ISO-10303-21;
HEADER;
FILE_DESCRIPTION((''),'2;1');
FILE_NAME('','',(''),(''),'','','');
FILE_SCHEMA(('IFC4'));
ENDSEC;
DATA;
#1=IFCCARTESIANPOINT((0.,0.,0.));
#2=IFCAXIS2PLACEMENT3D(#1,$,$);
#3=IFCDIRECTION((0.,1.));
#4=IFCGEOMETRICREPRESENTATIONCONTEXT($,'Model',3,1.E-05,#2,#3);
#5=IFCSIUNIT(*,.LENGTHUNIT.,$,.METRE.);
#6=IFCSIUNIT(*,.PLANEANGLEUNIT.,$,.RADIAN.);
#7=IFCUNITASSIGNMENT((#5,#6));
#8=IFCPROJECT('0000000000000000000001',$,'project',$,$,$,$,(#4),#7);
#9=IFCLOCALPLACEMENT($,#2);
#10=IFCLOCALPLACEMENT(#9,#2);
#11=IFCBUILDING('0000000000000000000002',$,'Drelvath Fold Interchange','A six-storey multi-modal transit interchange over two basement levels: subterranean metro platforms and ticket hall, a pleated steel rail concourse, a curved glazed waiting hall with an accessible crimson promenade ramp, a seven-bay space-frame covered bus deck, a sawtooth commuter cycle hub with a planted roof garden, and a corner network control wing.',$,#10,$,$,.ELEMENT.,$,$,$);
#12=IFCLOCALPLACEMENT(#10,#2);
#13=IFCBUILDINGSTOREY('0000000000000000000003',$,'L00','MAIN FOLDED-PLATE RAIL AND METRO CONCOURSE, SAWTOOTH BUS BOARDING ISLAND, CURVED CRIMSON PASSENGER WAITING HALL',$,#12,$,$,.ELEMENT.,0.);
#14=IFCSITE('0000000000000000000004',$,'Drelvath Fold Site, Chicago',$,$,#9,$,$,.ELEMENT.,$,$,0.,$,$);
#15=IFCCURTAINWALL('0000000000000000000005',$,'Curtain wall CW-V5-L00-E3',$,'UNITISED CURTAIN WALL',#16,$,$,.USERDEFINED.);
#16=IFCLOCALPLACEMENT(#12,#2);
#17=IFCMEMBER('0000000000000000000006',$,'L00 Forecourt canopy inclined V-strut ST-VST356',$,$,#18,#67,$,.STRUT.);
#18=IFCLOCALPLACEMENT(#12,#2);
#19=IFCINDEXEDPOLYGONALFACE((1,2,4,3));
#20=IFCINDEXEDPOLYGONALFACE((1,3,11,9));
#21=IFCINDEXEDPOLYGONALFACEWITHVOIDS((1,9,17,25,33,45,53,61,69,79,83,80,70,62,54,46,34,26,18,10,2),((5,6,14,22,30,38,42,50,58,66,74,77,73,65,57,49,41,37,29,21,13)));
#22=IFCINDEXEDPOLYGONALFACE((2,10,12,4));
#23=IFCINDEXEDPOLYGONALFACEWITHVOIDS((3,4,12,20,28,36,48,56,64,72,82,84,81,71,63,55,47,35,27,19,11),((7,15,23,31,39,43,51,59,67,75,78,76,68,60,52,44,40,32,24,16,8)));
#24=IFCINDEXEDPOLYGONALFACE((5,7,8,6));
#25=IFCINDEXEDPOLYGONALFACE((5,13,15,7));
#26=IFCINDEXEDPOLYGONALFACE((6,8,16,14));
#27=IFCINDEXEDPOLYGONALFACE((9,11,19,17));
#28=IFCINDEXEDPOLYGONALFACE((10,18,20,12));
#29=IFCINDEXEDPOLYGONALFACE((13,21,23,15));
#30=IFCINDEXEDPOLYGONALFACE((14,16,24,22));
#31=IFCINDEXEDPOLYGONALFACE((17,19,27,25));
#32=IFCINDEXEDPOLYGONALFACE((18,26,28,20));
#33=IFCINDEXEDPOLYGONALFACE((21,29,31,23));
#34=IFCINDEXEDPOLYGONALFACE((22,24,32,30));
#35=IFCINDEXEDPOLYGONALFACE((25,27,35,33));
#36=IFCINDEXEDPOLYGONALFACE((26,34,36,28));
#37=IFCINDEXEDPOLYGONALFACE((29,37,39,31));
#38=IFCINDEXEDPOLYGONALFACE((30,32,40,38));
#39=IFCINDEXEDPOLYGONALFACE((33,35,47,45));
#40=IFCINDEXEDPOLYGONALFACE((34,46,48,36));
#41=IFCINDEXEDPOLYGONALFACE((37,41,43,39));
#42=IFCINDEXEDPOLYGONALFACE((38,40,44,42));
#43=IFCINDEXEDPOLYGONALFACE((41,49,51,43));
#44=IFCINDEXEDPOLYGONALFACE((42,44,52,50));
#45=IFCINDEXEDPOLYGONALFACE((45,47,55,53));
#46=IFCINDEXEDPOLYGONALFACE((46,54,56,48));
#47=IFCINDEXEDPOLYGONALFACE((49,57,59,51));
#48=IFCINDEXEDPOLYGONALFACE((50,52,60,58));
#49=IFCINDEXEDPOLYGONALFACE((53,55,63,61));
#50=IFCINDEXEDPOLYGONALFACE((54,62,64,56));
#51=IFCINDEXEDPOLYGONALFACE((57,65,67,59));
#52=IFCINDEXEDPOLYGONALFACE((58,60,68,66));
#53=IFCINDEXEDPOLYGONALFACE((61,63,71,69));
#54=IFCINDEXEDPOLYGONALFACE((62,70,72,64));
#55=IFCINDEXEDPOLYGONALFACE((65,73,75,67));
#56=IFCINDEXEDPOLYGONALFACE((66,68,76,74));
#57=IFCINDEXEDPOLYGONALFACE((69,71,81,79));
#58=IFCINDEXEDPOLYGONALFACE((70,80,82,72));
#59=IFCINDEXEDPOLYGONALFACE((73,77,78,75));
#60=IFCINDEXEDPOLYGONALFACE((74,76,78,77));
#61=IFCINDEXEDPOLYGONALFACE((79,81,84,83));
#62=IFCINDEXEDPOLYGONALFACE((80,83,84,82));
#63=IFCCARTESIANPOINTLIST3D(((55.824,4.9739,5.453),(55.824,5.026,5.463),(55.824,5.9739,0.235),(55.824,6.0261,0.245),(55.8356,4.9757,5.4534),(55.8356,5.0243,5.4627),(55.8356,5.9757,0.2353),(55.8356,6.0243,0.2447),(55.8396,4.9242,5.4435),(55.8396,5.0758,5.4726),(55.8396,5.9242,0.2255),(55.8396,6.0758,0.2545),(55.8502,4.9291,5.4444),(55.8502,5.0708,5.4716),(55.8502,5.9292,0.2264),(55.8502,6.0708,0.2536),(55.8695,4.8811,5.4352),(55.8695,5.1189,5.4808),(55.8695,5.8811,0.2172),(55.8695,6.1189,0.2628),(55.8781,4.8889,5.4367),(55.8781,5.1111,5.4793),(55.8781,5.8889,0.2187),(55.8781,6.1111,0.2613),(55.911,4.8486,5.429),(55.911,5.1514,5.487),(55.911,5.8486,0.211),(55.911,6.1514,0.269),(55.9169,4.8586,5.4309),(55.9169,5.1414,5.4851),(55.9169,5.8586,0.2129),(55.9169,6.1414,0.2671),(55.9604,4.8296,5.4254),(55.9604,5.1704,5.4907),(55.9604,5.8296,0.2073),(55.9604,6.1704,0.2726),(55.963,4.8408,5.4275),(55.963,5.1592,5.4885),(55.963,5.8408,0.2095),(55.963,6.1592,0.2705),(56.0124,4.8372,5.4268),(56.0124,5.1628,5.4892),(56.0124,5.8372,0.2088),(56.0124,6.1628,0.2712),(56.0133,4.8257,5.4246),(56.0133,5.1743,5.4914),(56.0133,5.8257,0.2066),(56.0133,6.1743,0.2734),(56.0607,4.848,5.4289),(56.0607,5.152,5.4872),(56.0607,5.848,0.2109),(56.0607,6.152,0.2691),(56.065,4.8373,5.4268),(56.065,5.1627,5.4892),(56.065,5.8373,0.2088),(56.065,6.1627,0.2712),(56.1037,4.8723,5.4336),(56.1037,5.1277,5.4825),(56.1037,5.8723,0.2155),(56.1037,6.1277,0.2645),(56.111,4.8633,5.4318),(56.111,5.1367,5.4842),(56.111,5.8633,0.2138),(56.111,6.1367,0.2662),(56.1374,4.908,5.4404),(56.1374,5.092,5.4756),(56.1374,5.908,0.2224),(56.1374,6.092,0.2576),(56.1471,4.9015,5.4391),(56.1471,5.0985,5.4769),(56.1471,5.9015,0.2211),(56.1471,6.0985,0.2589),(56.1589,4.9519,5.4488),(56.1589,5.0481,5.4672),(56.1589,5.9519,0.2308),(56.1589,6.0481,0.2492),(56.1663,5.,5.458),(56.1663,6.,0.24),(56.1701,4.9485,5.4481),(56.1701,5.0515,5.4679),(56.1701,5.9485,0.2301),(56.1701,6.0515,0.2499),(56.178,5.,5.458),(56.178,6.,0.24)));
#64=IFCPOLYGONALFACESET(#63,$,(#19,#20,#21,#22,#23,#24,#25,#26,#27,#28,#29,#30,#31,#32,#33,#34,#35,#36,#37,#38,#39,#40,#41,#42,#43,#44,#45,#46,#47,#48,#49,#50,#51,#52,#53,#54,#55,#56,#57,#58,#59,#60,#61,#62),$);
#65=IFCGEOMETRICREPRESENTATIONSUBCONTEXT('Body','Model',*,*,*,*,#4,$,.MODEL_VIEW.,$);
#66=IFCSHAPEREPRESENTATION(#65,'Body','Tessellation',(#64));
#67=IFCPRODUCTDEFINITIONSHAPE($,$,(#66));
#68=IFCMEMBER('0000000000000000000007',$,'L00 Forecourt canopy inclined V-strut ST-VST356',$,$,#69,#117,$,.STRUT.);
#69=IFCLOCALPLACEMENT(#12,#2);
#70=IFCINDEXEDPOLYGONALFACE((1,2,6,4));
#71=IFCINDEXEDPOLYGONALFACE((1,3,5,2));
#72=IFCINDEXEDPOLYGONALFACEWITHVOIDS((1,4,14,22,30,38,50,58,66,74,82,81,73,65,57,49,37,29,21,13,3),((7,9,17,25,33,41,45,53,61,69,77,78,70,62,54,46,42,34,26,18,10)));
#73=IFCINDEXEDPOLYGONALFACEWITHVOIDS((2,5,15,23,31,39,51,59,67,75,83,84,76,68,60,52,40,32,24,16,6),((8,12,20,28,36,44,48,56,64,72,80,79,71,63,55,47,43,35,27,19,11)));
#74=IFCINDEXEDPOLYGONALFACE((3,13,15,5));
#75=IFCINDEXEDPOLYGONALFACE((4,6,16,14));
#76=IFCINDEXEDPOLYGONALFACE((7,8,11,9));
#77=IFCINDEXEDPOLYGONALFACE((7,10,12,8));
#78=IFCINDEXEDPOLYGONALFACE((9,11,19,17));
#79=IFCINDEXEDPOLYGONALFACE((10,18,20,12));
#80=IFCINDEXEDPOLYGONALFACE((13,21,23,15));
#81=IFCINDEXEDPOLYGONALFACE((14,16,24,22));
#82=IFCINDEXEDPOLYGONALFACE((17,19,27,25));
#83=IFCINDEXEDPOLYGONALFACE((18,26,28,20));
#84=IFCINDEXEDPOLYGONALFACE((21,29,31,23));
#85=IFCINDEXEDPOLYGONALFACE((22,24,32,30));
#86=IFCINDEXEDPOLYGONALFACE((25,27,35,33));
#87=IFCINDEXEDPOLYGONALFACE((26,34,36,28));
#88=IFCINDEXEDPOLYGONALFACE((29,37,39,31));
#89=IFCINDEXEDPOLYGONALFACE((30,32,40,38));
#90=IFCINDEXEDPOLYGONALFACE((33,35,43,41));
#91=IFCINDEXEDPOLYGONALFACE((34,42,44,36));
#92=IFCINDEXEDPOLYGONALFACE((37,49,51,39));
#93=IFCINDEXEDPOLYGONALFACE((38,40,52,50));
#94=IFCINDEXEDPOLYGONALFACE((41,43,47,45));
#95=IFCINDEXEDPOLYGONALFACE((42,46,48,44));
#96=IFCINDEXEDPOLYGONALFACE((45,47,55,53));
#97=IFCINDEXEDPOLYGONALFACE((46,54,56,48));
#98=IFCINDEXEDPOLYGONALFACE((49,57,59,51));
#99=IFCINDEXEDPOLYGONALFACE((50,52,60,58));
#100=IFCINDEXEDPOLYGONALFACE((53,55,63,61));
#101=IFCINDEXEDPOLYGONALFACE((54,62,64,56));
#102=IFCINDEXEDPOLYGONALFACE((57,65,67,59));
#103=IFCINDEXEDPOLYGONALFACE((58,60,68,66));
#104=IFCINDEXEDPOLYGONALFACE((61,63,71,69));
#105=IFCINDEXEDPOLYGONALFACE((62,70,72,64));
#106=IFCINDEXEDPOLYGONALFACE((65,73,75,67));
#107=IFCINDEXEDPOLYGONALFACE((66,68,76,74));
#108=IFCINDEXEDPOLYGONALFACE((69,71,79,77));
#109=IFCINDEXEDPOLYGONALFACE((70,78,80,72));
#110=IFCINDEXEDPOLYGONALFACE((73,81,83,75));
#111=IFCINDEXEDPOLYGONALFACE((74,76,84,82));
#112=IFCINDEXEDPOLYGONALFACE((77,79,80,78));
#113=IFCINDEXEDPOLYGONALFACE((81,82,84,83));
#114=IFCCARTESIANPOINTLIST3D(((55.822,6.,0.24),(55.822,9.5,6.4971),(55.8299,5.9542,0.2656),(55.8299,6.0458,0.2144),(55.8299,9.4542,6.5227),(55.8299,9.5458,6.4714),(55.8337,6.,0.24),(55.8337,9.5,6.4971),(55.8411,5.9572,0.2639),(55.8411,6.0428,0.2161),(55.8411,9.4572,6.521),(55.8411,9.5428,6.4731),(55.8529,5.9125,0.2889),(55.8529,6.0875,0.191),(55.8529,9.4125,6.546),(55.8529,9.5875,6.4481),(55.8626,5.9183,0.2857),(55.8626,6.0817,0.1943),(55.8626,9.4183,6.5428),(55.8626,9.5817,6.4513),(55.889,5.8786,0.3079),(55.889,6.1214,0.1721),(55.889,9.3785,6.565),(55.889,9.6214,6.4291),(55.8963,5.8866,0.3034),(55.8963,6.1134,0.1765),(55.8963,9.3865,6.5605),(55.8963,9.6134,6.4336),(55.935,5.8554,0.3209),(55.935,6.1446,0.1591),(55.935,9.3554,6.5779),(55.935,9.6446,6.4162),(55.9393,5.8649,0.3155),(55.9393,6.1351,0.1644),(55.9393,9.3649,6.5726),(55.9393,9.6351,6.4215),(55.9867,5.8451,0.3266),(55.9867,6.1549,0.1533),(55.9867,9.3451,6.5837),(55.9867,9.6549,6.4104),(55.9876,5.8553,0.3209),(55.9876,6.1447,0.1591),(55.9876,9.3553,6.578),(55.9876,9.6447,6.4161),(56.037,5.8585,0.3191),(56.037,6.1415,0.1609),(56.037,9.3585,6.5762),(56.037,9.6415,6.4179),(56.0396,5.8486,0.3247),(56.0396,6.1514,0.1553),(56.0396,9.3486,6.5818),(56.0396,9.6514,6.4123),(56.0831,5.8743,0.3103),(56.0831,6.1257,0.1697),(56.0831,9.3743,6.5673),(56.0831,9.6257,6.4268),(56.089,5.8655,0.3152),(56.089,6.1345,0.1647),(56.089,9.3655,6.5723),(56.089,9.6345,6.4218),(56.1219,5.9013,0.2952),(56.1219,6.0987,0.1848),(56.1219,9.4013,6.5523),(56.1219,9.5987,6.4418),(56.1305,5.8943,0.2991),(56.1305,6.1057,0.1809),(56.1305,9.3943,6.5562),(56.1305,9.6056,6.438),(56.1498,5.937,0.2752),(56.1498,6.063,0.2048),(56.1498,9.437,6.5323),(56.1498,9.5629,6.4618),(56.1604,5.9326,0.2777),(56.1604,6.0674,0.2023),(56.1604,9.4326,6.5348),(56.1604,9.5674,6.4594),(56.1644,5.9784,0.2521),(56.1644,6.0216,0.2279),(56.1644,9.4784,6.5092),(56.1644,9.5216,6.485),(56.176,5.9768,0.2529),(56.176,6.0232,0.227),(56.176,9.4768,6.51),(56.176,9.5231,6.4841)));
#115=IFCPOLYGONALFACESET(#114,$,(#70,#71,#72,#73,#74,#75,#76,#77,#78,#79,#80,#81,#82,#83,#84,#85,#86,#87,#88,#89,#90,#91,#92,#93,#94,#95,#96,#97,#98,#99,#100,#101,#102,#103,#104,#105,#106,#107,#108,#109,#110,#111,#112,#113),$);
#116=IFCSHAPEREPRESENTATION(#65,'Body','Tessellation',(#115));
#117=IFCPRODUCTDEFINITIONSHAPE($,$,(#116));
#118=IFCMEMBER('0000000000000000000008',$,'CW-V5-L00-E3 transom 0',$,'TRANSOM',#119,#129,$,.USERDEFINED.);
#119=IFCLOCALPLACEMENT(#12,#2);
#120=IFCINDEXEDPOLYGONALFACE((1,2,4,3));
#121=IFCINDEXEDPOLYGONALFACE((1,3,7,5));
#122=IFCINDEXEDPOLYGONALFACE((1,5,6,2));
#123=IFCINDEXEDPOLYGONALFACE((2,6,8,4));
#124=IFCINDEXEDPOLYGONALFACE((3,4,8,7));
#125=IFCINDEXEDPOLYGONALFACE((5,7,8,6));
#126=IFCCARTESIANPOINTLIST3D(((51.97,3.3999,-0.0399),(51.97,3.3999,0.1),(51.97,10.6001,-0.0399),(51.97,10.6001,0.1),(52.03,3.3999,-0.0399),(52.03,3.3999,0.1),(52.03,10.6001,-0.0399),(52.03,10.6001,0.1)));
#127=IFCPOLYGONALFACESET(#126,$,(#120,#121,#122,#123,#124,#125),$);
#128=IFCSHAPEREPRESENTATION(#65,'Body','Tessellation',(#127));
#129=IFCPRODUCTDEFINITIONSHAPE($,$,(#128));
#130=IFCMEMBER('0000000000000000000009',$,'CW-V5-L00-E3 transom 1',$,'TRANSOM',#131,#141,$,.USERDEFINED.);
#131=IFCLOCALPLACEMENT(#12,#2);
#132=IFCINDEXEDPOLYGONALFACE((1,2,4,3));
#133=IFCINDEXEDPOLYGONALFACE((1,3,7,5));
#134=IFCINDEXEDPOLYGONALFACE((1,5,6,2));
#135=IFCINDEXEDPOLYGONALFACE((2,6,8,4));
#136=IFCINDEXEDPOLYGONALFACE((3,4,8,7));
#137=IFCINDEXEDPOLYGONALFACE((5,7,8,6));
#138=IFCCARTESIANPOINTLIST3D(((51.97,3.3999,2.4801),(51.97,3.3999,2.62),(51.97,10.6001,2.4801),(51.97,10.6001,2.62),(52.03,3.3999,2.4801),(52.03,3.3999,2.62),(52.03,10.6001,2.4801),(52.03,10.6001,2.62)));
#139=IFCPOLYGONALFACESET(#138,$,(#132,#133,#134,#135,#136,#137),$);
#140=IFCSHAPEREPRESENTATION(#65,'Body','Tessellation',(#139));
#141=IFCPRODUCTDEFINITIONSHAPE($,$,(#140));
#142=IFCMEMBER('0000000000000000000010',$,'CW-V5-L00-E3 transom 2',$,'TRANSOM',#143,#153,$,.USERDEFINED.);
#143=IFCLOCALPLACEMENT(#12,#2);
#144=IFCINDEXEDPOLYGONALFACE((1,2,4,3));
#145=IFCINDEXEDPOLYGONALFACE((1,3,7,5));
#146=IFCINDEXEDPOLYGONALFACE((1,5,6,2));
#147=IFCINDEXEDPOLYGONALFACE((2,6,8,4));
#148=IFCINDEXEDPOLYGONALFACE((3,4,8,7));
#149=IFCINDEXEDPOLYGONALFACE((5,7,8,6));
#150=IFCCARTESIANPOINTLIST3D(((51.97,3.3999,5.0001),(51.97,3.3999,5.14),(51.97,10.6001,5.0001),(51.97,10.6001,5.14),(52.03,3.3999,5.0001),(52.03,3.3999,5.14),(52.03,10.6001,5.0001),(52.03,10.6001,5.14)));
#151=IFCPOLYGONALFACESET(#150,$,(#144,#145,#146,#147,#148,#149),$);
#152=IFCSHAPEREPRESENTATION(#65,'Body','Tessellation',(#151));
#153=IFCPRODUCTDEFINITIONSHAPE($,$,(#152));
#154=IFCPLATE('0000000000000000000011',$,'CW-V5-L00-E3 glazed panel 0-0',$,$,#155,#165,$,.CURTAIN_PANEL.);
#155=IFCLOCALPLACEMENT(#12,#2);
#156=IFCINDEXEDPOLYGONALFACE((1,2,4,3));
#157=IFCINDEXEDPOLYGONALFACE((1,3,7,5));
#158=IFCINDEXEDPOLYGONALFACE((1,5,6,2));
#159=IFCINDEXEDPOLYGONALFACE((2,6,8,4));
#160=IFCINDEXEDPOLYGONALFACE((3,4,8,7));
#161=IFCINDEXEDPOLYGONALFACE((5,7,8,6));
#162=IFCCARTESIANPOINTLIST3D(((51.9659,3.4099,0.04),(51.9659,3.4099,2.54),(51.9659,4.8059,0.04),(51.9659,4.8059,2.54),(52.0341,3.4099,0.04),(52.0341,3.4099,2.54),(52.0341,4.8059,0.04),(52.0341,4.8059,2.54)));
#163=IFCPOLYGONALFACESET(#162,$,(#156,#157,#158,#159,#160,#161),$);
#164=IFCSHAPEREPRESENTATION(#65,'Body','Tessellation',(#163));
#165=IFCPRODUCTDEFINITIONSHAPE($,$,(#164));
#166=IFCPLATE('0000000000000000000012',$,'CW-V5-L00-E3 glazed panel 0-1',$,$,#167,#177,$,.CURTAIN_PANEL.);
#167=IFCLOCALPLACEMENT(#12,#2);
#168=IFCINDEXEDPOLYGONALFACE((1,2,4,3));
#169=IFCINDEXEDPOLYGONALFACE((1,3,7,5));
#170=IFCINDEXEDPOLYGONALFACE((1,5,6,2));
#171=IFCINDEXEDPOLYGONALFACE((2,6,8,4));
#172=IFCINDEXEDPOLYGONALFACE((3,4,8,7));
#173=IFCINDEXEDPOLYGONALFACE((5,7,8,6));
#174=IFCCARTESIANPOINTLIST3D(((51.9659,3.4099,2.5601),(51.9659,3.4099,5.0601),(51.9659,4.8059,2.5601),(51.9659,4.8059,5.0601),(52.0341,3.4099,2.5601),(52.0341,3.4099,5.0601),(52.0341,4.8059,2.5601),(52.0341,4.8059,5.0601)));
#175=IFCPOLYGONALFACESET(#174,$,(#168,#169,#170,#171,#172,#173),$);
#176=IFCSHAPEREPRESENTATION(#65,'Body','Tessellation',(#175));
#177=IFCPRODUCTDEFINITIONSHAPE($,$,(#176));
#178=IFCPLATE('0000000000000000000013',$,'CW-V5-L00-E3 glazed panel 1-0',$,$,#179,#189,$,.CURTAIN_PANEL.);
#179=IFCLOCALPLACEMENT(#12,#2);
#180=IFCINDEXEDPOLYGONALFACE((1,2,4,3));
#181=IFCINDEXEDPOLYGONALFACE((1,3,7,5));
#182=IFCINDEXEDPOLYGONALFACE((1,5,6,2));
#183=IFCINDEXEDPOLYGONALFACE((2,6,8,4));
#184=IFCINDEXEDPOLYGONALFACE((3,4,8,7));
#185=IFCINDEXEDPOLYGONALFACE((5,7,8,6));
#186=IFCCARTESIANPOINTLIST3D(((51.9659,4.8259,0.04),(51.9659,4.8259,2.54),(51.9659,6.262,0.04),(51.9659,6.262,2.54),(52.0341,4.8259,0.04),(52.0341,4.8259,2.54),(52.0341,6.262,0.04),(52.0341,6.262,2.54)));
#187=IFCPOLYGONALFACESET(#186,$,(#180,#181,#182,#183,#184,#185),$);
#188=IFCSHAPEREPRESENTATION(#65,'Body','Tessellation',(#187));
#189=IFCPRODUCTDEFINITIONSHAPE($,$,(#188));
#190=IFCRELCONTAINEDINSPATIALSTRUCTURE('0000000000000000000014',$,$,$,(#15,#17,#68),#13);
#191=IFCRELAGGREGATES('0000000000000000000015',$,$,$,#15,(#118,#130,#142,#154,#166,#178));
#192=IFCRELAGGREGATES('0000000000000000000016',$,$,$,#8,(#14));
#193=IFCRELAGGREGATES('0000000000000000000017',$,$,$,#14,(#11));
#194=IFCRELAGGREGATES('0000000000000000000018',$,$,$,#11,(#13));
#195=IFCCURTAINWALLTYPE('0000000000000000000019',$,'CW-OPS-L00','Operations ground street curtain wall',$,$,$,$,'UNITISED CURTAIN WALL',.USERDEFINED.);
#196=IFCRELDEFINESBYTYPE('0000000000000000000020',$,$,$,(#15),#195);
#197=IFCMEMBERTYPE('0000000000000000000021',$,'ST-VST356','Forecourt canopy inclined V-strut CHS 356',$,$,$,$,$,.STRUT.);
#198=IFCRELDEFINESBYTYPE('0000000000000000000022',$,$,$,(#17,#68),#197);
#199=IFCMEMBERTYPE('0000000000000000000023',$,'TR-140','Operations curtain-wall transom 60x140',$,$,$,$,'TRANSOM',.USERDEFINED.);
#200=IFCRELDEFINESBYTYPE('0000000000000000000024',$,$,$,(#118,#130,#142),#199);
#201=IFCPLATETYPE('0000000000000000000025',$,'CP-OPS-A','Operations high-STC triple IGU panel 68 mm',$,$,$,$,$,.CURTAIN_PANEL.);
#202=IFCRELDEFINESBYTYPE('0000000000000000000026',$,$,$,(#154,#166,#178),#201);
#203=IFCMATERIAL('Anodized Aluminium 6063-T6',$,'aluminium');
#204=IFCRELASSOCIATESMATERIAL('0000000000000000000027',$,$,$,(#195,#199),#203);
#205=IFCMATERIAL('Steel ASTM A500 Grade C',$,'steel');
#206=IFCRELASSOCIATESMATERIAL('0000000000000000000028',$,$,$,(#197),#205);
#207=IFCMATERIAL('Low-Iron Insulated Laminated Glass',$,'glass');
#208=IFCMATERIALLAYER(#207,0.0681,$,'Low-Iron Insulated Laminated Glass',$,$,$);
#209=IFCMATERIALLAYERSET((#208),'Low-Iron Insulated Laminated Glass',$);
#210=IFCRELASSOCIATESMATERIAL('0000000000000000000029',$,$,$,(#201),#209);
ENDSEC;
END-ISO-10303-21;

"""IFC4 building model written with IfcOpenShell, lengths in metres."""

from ifc_helpers import new_model, si_unit, direction, frame, origin, origin_2d, place, context, subcontext, project, spatial, rectangle, hollow_circle, extrude, material, layer, layer_set, material_profile, profile_set, type_object, element, aggregate, save


model = new_model("IFC4")

# Units and contexts
model_context = context("Model", 3, precision=1e-05, world=origin(), true_north=direction((0.0, 1.0)))
body_context = subcontext(model_context, "Body", "Model", "MODEL_VIEW")
ifc_project = project(units=[si_unit("LENGTHUNIT", "METRE"), si_unit("PLANEANGLEUNIT", "RADIAN")], contexts=[model_context])

# Site, building, storey
site_placement = place(None, origin())
site = spatial("IfcSite", under=ifc_project, at=site_placement, Name="Drelvath Fold Site, Chicago", CompositionType="ELEMENT", RefElevation=0.0)
building_placement = place(site_placement, origin())
building = spatial("IfcBuilding", under=site, at=building_placement, Name="Drelvath Fold Interchange", Description="A six-storey multi-modal transit interchange over two basement levels: subterranean metro platforms and ticket hall, a pleated steel rail concourse, a curved glazed waiting hall with an accessible crimson promenade ramp, a seven-bay space-frame covered bus deck, a sawtooth commuter cycle hub with a planted roof garden, and a corner network control wing.", CompositionType="ELEMENT")
storey_placement = place(building_placement, origin())
storey = spatial("IfcBuildingStorey", under=building, at=storey_placement, Name="L00", Description="MAIN FOLDED-PLATE RAIL AND METRO CONCOURSE, SAWTOOTH BUS BOARDING ISLAND, CURVED CRIMSON PASSENGER WAITING HALL", CompositionType="ELEMENT", Elevation=0.0)

# Curtain wall
ifc_material_1 = material(Name="Anodized Aluminium 6063-T6", Category="aluminium")
curtain_wall_type = type_object("IfcCurtainWallType", Name="CW-OPS-L00", Description="Operations ground street curtain wall", ElementType="UNITISED CURTAIN WALL", PredefinedType="USERDEFINED", material=ifc_material_1)
curtain_wall_placement = place(storey_placement, origin())
curtain_wall = element("IfcCurtainWall", 1, at=curtain_wall_placement, inside=storey, type_object=curtain_wall_type, Name="Curtain wall CW-V5-L00-E3", ObjectType="UNITISED CURTAIN WALL", PredefinedType="USERDEFINED")

# Members
ifc_material_2 = material(Name="Steel ASTM A500 Grade C", Category="steel")
ifc_material_profile_1 = material_profile(ifc_material_2, hollow_circle(Radius=0.178, WallThickness=0.0117, at=origin_2d()), Name="HSS14.000X0.500")
ifc_profile_set_1 = profile_set([ifc_material_profile_1], Name="Steel ASTM A500 Grade C")
member_type_1 = type_object("IfcMemberType", Name="ST-VST356", Description="Forecourt canopy inclined V-strut CHS 356", PredefinedType="STRUT", material=ifc_profile_set_1)
member_1_placement = place(storey_placement, frame((56.0, 6.0, 0.24), z_axis=(0.0, -0.188218, 0.982127), x_axis=(1.0, 0.0, 0.0)))
element("IfcMember", 2, at=member_1_placement, inside=storey, type_object=member_type_1, Name="L00 Forecourt canopy inclined V-strut ST-VST356", PredefinedType="STRUT", context=body_context, shape_type="SweptSolid", body=[
    extrude(hollow_circle(Radius=0.178, WallThickness=0.0117, at=origin_2d()), origin(), (0.0, 0.0, 1.0), 5.313),
])
member_2_placement = place(storey_placement, frame((56.0, 6.0, 0.24), z_axis=(0.0, 0.488182, 0.872742), x_axis=(-1.0, 0.0, 0.0)))
element("IfcMember", 3, at=member_2_placement, inside=storey, type_object=member_type_1, Name="L00 Forecourt canopy inclined V-strut ST-VST356", PredefinedType="STRUT", context=body_context, shape_type="SweptSolid", body=[
    extrude(hollow_circle(Radius=0.178, WallThickness=0.0117, at=origin_2d()), origin(), (0.0, 0.0, 1.0), 7.1694),
])

# Members
ifc_material_profile_2 = material_profile(ifc_material_1, rectangle(XDim=0.0601, YDim=0.1399, at=origin_2d()), Name="AL-T 60x140")
ifc_profile_set_2 = profile_set([ifc_material_profile_2], Name="Anodized Aluminium 6063-T6")
member_type_2 = type_object("IfcMemberType", Name="TR-140", Description="Operations curtain-wall transom 60x140", ElementType="TRANSOM", PredefinedType="USERDEFINED", material=ifc_profile_set_2)
member_3_placement = place(storey_placement, frame((52.0, 3.3999, 0.03), z_axis=(0.0, 1.0, 0.0), x_axis=(-1.0, 0.0, 0.0)))
member_3 = element("IfcMember", 4, at=member_3_placement, type_object=member_type_2, Name="CW-V5-L00-E3 transom 0", ObjectType="TRANSOM", PredefinedType="USERDEFINED", context=body_context, shape_type="SweptSolid", body=[
    extrude(rectangle(XDim=0.0601, YDim=0.1399, at=origin_2d()), origin(), (0.0, 0.0, 1.0), 7.2002),
])
member_4_placement = place(storey_placement, frame((52.0, 3.3999, 2.55), z_axis=(0.0, 1.0, 0.0), x_axis=(-1.0, 0.0, 0.0)))
member_4 = element("IfcMember", 5, at=member_4_placement, type_object=member_type_2, Name="CW-V5-L00-E3 transom 1", ObjectType="TRANSOM", PredefinedType="USERDEFINED", context=body_context, shape_type="SweptSolid", body=[
    extrude(rectangle(XDim=0.0601, YDim=0.1399, at=origin_2d()), origin(), (0.0, 0.0, 1.0), 7.2002),
])
member_5_placement = place(storey_placement, frame((52.0, 3.3999, 5.0701), z_axis=(0.0, 1.0, 0.0), x_axis=(-1.0, 0.0, 0.0)))
member_5 = element("IfcMember", 6, at=member_5_placement, type_object=member_type_2, Name="CW-V5-L00-E3 transom 2", ObjectType="TRANSOM", PredefinedType="USERDEFINED", context=body_context, shape_type="SweptSolid", body=[
    extrude(rectangle(XDim=0.0601, YDim=0.1399, at=origin_2d()), origin(), (0.0, 0.0, 1.0), 7.2002),
])

# Plates
ifc_material_3 = material(Name="Low-Iron Insulated Laminated Glass", Category="glass")
ifc_layer_1 = layer(ifc_material_3, 0.0681, Name="Low-Iron Insulated Laminated Glass")
ifc_layer_set_1 = layer_set([ifc_layer_1], Name="Low-Iron Insulated Laminated Glass")
plate_type_1 = type_object("IfcPlateType", Name="CP-OPS-A", Description="Operations high-STC triple IGU panel 68 mm", PredefinedType="CURTAIN_PANEL", material=ifc_layer_set_1)
plate_1_placement = place(storey_placement, frame((52.0, 4.1079, 0.04), z_axis=(0.0, 0.0, 1.0), x_axis=(0.0, 1.0, 0.0)))
plate_1 = element("IfcPlate", 7, at=plate_1_placement, type_object=plate_type_1, Name="CW-V5-L00-E3 glazed panel 0-0", PredefinedType="CURTAIN_PANEL", context=body_context, shape_type="SweptSolid", body=[
    extrude(rectangle(XDim=1.396, YDim=0.0681, at=origin_2d()), origin(), (0.0, 0.0, 1.0), 2.5),
])
plate_2_placement = place(storey_placement, frame((52.0, 4.1079, 2.5601), z_axis=(0.0, 0.0, 1.0), x_axis=(0.0, 1.0, 0.0)))
plate_2 = element("IfcPlate", 8, at=plate_2_placement, type_object=plate_type_1, Name="CW-V5-L00-E3 glazed panel 0-1", PredefinedType="CURTAIN_PANEL", context=body_context, shape_type="SweptSolid", body=[
    extrude(rectangle(XDim=1.396, YDim=0.0681, at=origin_2d()), origin(), (0.0, 0.0, 1.0), 2.5),
])
plate_3_placement = place(storey_placement, frame((52.0, 5.5439, 0.04), z_axis=(0.0, 0.0, 1.0), x_axis=(0.0, 1.0, 0.0)))
plate_3 = element("IfcPlate", 9, at=plate_3_placement, type_object=plate_type_1, Name="CW-V5-L00-E3 glazed panel 1-0", PredefinedType="CURTAIN_PANEL", context=body_context, shape_type="SweptSolid", body=[
    extrude(rectangle(XDim=1.436, YDim=0.0681, at=origin_2d()), origin(), (0.0, 0.0, 1.0), 2.5),
])
aggregate(curtain_wall, [member_3, member_4, member_5, plate_1, plate_2, plate_3])

save(model, "model.ifc")
